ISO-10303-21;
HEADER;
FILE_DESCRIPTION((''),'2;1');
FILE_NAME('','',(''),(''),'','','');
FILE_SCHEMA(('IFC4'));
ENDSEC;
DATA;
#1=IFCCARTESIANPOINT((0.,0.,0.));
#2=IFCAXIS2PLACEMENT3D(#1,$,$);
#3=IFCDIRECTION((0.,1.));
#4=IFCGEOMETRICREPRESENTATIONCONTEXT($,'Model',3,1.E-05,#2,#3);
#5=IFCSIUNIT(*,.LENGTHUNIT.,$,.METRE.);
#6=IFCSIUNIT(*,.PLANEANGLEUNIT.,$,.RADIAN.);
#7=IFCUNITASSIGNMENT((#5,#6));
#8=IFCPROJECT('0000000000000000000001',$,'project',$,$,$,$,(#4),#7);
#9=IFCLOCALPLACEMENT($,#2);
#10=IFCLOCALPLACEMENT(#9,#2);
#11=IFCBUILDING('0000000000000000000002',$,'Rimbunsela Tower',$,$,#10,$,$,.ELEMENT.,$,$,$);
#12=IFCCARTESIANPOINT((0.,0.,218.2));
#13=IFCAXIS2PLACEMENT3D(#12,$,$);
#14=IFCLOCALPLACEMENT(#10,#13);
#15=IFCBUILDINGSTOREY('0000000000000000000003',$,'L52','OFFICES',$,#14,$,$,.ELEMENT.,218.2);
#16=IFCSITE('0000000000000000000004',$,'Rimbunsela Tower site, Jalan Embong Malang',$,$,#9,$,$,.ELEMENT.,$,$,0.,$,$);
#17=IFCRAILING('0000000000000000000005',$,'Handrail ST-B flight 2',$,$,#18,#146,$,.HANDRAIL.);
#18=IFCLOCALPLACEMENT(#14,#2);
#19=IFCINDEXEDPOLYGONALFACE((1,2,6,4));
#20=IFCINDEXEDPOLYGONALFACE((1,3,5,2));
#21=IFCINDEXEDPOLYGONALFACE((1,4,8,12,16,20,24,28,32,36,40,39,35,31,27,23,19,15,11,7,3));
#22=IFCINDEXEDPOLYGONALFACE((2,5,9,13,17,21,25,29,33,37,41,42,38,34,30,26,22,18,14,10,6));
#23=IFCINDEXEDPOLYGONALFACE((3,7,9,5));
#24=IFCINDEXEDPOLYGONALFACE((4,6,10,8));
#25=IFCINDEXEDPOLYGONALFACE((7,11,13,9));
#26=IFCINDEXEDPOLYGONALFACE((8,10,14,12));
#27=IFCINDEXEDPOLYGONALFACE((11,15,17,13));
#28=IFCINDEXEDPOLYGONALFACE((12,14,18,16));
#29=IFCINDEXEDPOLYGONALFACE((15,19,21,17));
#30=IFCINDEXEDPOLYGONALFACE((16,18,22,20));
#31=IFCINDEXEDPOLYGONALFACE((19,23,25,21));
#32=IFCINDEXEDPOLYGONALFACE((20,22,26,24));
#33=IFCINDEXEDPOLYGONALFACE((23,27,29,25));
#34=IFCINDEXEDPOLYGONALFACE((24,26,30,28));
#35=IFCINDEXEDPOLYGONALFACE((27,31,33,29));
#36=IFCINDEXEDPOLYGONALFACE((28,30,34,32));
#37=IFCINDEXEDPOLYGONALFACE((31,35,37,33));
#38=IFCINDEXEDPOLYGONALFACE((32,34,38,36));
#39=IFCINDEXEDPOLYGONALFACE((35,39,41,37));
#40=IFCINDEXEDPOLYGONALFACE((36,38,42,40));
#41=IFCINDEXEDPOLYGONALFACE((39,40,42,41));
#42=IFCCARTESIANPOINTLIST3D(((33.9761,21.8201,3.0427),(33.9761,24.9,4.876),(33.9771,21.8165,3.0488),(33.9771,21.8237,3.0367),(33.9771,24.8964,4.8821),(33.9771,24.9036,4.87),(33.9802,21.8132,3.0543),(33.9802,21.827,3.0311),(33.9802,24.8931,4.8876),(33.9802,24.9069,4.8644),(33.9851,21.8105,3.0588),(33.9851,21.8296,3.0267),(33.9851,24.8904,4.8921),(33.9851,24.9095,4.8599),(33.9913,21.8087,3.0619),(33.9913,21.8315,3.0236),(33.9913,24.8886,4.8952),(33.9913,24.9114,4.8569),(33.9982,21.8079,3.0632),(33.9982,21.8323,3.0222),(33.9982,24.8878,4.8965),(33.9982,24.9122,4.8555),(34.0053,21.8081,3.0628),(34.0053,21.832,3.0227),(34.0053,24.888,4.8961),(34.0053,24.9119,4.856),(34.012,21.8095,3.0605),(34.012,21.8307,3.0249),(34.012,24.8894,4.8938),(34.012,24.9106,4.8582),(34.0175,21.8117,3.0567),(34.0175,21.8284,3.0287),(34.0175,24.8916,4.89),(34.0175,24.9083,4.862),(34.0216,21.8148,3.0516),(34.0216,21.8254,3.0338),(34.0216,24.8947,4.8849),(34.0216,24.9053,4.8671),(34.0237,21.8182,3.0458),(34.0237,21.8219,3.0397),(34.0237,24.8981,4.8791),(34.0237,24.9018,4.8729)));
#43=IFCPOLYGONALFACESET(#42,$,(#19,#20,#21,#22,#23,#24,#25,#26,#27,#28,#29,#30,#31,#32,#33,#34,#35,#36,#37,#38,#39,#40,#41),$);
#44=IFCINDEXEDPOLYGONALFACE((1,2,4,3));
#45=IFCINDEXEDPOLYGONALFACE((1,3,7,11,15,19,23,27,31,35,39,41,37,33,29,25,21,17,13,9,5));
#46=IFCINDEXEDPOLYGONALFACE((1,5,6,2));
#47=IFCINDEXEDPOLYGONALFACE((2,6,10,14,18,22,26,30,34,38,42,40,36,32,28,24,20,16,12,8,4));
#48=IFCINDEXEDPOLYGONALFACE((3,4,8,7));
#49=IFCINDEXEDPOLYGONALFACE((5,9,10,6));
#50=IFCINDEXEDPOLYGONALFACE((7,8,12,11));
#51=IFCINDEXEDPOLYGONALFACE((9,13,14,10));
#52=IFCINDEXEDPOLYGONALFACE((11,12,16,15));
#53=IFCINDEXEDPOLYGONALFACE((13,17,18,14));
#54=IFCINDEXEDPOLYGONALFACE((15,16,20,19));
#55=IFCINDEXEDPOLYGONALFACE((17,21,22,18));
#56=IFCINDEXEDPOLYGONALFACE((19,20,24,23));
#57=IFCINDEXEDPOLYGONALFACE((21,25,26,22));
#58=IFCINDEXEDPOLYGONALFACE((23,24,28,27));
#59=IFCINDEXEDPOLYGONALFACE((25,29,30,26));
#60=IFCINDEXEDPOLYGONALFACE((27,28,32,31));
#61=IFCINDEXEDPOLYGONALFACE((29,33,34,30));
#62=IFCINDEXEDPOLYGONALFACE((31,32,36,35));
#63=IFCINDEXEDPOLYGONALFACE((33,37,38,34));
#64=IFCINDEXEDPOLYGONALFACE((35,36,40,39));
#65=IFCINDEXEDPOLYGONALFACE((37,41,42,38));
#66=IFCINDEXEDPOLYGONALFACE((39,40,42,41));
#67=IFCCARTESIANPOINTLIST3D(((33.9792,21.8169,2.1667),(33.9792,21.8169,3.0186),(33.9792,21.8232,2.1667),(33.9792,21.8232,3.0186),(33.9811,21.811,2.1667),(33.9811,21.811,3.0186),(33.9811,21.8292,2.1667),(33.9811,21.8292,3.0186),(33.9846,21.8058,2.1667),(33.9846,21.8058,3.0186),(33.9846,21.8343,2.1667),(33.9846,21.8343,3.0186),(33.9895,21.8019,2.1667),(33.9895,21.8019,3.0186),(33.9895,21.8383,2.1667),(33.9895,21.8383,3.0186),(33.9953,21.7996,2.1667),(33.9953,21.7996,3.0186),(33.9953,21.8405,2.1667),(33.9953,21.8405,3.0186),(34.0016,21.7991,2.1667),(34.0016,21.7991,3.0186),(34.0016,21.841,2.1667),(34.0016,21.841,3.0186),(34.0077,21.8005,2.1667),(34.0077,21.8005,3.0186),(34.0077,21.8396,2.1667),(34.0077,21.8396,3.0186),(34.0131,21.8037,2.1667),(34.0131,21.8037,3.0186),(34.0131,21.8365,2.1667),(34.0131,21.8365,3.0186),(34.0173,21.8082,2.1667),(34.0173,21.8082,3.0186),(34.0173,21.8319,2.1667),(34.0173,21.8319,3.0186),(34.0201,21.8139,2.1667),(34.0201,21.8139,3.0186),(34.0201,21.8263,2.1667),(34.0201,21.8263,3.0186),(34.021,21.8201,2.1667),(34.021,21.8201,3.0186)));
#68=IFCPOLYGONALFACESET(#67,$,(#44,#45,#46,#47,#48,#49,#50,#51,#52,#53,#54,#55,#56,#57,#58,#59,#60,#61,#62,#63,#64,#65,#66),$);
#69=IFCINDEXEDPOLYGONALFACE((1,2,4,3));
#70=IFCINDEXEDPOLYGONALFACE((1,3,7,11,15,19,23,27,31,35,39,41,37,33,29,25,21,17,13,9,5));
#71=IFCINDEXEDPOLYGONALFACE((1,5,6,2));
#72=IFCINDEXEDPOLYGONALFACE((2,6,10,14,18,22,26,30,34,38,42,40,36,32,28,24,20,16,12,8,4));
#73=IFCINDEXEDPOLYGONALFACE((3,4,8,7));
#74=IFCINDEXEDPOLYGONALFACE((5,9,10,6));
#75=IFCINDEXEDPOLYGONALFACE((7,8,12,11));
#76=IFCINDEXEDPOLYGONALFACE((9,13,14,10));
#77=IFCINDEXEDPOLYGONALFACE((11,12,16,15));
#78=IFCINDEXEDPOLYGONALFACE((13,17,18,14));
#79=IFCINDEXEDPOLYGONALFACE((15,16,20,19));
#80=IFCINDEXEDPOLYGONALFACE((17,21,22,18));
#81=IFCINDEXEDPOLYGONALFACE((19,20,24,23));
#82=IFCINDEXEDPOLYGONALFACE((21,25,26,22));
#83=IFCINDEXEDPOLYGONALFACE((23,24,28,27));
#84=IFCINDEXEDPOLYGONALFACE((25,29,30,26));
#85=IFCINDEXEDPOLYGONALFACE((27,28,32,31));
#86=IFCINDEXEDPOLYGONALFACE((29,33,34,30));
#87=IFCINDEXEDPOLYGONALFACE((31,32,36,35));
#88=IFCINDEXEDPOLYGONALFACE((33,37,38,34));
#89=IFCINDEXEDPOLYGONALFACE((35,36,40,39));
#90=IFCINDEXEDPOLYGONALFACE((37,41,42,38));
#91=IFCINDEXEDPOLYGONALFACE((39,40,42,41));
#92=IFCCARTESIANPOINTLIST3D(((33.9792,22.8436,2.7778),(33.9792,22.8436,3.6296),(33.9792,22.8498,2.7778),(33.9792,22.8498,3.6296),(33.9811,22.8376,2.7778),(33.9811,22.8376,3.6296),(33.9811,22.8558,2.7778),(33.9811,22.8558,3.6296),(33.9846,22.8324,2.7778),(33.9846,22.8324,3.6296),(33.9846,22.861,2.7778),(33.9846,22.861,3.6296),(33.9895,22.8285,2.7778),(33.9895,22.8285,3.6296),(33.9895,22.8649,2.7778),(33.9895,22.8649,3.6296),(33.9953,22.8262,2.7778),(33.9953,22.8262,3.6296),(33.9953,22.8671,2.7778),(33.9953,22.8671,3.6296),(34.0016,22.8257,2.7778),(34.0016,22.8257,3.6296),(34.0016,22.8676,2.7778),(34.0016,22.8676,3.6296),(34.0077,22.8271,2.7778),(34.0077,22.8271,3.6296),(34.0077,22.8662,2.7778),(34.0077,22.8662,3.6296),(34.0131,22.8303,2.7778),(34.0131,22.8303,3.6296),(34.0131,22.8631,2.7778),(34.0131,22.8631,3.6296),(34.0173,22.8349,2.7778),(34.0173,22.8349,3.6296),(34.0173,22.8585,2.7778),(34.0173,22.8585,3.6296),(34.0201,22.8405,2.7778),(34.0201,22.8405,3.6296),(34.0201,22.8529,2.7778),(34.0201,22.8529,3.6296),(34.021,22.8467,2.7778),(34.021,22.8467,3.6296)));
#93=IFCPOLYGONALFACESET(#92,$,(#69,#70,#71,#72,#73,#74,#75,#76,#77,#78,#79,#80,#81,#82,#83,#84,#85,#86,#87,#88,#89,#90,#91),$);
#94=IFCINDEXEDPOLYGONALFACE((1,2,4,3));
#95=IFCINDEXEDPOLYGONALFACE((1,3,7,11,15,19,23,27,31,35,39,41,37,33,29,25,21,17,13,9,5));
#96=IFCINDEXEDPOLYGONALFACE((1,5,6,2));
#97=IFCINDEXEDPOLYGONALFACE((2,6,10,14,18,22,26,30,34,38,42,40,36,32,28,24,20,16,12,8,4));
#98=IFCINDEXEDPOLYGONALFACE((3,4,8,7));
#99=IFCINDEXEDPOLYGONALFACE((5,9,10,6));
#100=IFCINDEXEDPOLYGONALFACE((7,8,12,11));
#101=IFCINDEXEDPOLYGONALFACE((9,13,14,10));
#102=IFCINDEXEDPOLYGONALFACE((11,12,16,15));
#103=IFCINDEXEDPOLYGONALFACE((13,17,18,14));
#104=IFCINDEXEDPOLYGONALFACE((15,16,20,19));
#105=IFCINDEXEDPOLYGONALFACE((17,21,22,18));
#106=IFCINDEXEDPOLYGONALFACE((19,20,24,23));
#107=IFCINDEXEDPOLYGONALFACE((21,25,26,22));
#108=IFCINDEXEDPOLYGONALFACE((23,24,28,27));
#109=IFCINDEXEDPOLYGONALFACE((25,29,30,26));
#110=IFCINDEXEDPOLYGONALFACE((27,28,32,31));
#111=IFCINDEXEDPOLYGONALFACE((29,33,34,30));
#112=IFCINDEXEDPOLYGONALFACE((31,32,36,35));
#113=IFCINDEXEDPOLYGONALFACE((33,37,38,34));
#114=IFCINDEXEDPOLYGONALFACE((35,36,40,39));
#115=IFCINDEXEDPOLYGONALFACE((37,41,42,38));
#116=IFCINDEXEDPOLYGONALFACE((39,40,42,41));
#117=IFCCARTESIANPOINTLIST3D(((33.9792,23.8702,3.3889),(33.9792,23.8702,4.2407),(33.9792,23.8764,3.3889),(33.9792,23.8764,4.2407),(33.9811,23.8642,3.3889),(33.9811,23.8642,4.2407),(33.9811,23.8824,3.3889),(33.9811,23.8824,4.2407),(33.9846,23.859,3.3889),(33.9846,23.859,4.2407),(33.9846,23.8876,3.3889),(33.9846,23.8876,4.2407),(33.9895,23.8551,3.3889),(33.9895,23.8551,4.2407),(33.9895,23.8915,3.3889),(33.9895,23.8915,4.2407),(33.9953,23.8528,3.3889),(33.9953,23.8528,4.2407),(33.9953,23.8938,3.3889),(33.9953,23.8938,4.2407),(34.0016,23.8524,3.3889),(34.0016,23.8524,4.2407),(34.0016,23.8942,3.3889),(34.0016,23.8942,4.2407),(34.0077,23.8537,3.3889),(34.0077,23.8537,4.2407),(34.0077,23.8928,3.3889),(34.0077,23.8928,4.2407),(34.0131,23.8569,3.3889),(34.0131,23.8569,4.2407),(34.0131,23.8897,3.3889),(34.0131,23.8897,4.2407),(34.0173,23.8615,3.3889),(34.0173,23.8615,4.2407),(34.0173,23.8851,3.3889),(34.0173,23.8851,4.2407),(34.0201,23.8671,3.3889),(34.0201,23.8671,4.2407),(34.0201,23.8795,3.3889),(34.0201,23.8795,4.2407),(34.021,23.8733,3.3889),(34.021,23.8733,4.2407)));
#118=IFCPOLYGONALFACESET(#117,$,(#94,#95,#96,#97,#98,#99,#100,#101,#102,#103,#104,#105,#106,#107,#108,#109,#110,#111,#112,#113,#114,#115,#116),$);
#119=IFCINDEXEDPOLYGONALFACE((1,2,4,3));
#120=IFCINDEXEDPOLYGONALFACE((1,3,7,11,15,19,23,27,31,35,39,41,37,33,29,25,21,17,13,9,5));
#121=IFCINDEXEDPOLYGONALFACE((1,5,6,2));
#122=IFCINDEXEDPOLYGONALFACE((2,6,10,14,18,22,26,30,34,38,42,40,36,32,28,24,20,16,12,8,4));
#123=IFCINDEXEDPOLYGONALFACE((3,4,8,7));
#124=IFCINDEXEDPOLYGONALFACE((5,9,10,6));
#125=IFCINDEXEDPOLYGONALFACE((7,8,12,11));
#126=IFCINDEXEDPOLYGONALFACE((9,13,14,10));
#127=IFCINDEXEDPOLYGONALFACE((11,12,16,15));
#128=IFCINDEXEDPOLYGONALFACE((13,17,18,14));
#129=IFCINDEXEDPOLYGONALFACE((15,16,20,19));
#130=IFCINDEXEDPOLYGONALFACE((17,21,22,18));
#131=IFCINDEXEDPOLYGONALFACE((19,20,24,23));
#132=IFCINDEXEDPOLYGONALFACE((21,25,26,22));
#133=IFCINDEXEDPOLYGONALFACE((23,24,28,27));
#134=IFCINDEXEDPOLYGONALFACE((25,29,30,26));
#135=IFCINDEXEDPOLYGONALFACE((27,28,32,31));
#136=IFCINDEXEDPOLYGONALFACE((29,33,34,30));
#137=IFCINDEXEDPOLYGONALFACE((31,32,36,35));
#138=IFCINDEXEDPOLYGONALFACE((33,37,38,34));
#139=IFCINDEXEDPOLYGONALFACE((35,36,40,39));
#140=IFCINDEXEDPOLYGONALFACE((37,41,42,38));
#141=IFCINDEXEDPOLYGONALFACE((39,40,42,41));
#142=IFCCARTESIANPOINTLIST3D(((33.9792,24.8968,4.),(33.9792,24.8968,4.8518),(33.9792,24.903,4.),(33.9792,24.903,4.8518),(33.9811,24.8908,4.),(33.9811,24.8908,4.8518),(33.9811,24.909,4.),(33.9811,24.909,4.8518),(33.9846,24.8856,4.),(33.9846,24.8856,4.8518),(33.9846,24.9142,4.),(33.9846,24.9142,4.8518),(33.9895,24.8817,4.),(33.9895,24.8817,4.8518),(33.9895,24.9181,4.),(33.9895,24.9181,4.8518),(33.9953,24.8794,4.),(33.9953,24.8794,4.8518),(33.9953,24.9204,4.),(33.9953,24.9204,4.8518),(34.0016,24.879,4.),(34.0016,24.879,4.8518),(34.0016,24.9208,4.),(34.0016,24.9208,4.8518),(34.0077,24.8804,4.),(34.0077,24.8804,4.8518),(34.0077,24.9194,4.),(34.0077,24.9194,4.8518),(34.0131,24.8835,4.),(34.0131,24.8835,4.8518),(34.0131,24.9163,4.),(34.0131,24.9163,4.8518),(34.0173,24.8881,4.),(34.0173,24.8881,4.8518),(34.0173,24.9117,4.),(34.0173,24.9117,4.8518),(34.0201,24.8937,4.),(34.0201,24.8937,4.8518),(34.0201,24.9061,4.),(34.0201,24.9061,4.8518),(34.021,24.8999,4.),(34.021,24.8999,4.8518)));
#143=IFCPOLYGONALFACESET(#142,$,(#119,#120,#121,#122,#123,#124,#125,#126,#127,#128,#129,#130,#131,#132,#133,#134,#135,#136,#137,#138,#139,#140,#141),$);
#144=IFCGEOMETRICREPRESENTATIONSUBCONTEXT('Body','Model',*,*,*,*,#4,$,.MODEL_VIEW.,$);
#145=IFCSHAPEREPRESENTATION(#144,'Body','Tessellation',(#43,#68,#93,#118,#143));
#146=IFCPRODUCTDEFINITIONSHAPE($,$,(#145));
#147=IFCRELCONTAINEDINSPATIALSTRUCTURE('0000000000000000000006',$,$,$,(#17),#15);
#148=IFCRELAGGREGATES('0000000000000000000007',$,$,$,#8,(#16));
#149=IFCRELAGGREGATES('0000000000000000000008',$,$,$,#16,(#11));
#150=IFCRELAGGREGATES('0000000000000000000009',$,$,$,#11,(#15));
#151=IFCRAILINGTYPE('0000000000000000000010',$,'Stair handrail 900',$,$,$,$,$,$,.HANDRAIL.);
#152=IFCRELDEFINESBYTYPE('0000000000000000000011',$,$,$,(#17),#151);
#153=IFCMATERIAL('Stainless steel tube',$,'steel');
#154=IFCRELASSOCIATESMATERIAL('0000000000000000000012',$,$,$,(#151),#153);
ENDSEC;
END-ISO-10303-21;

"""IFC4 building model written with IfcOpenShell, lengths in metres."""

from ifc_helpers import new_model, si_unit, direction, frame, origin, origin_2d, place, context, subcontext, project, spatial, circle, extrude, material, type_object, element, save


model = new_model("IFC4")

# Units and contexts
model_context = context("Model", 3, precision=1e-05, world=origin(), true_north=direction((0.0, 1.0)))
body_context = subcontext(model_context, "Body", "Model", "MODEL_VIEW")
ifc_project = project(units=[si_unit("LENGTHUNIT", "METRE"), si_unit("PLANEANGLEUNIT", "RADIAN")], contexts=[model_context])

# Site, building, storey
site_placement = place(None, origin())
site = spatial("IfcSite", under=ifc_project, at=site_placement, Name="Rimbunsela Tower site, Jalan Embong Malang", CompositionType="ELEMENT", RefElevation=0.0)
building_placement = place(site_placement, origin())
building = spatial("IfcBuilding", under=site, at=building_placement, Name="Rimbunsela Tower", CompositionType="ELEMENT")
storey_placement = place(building_placement, frame((0.0, 0.0, 218.2)))
storey = spatial("IfcBuildingStorey", under=building, at=storey_placement, Name="L52", Description="OFFICES", CompositionType="ELEMENT", Elevation=218.2)

# Railing
ifc_material_1 = material(Name="Stainless steel tube", Category="steel")
railing_type = type_object("IfcRailingType", Name="Stair handrail 900", PredefinedType="HANDRAIL", material=ifc_material_1)
railing_1_placement = place(storey_placement, frame((34.0, 21.8201, 2.1667)))
element("IfcRailing", 1, at=railing_1_placement, inside=storey, type_object=railing_type, Name="Handrail ST-B flight 2", PredefinedType="HANDRAIL", context=body_context, shape_type="SweptSolid", body=[
    extrude(circle(Radius=0.0239, at=origin_2d()), frame((0.0, 0.0, 0.876), z_axis=(0.0, 0.859291, 0.511487), x_axis=(-1.0, 0.0, 0.0)), (0.0, 0.0, 1.0), 3.5842),
    extrude(circle(Radius=0.021, at=origin_2d()), origin(), (0.0, 0.0, 1.0), 0.8518),
    extrude(circle(Radius=0.021, at=origin_2d()), frame((0.0, 1.0266, 0.6111)), (0.0, 0.0, 1.0), 0.8518),
    extrude(circle(Radius=0.021, at=origin_2d()), frame((0.0, 2.0532, 1.2222)), (0.0, 0.0, 1.0), 0.8518),
    extrude(circle(Radius=0.021, at=origin_2d()), frame((0.0, 3.0798, 1.8333)), (0.0, 0.0, 1.0), 0.8518),
])

save(model, "model.ifc")
